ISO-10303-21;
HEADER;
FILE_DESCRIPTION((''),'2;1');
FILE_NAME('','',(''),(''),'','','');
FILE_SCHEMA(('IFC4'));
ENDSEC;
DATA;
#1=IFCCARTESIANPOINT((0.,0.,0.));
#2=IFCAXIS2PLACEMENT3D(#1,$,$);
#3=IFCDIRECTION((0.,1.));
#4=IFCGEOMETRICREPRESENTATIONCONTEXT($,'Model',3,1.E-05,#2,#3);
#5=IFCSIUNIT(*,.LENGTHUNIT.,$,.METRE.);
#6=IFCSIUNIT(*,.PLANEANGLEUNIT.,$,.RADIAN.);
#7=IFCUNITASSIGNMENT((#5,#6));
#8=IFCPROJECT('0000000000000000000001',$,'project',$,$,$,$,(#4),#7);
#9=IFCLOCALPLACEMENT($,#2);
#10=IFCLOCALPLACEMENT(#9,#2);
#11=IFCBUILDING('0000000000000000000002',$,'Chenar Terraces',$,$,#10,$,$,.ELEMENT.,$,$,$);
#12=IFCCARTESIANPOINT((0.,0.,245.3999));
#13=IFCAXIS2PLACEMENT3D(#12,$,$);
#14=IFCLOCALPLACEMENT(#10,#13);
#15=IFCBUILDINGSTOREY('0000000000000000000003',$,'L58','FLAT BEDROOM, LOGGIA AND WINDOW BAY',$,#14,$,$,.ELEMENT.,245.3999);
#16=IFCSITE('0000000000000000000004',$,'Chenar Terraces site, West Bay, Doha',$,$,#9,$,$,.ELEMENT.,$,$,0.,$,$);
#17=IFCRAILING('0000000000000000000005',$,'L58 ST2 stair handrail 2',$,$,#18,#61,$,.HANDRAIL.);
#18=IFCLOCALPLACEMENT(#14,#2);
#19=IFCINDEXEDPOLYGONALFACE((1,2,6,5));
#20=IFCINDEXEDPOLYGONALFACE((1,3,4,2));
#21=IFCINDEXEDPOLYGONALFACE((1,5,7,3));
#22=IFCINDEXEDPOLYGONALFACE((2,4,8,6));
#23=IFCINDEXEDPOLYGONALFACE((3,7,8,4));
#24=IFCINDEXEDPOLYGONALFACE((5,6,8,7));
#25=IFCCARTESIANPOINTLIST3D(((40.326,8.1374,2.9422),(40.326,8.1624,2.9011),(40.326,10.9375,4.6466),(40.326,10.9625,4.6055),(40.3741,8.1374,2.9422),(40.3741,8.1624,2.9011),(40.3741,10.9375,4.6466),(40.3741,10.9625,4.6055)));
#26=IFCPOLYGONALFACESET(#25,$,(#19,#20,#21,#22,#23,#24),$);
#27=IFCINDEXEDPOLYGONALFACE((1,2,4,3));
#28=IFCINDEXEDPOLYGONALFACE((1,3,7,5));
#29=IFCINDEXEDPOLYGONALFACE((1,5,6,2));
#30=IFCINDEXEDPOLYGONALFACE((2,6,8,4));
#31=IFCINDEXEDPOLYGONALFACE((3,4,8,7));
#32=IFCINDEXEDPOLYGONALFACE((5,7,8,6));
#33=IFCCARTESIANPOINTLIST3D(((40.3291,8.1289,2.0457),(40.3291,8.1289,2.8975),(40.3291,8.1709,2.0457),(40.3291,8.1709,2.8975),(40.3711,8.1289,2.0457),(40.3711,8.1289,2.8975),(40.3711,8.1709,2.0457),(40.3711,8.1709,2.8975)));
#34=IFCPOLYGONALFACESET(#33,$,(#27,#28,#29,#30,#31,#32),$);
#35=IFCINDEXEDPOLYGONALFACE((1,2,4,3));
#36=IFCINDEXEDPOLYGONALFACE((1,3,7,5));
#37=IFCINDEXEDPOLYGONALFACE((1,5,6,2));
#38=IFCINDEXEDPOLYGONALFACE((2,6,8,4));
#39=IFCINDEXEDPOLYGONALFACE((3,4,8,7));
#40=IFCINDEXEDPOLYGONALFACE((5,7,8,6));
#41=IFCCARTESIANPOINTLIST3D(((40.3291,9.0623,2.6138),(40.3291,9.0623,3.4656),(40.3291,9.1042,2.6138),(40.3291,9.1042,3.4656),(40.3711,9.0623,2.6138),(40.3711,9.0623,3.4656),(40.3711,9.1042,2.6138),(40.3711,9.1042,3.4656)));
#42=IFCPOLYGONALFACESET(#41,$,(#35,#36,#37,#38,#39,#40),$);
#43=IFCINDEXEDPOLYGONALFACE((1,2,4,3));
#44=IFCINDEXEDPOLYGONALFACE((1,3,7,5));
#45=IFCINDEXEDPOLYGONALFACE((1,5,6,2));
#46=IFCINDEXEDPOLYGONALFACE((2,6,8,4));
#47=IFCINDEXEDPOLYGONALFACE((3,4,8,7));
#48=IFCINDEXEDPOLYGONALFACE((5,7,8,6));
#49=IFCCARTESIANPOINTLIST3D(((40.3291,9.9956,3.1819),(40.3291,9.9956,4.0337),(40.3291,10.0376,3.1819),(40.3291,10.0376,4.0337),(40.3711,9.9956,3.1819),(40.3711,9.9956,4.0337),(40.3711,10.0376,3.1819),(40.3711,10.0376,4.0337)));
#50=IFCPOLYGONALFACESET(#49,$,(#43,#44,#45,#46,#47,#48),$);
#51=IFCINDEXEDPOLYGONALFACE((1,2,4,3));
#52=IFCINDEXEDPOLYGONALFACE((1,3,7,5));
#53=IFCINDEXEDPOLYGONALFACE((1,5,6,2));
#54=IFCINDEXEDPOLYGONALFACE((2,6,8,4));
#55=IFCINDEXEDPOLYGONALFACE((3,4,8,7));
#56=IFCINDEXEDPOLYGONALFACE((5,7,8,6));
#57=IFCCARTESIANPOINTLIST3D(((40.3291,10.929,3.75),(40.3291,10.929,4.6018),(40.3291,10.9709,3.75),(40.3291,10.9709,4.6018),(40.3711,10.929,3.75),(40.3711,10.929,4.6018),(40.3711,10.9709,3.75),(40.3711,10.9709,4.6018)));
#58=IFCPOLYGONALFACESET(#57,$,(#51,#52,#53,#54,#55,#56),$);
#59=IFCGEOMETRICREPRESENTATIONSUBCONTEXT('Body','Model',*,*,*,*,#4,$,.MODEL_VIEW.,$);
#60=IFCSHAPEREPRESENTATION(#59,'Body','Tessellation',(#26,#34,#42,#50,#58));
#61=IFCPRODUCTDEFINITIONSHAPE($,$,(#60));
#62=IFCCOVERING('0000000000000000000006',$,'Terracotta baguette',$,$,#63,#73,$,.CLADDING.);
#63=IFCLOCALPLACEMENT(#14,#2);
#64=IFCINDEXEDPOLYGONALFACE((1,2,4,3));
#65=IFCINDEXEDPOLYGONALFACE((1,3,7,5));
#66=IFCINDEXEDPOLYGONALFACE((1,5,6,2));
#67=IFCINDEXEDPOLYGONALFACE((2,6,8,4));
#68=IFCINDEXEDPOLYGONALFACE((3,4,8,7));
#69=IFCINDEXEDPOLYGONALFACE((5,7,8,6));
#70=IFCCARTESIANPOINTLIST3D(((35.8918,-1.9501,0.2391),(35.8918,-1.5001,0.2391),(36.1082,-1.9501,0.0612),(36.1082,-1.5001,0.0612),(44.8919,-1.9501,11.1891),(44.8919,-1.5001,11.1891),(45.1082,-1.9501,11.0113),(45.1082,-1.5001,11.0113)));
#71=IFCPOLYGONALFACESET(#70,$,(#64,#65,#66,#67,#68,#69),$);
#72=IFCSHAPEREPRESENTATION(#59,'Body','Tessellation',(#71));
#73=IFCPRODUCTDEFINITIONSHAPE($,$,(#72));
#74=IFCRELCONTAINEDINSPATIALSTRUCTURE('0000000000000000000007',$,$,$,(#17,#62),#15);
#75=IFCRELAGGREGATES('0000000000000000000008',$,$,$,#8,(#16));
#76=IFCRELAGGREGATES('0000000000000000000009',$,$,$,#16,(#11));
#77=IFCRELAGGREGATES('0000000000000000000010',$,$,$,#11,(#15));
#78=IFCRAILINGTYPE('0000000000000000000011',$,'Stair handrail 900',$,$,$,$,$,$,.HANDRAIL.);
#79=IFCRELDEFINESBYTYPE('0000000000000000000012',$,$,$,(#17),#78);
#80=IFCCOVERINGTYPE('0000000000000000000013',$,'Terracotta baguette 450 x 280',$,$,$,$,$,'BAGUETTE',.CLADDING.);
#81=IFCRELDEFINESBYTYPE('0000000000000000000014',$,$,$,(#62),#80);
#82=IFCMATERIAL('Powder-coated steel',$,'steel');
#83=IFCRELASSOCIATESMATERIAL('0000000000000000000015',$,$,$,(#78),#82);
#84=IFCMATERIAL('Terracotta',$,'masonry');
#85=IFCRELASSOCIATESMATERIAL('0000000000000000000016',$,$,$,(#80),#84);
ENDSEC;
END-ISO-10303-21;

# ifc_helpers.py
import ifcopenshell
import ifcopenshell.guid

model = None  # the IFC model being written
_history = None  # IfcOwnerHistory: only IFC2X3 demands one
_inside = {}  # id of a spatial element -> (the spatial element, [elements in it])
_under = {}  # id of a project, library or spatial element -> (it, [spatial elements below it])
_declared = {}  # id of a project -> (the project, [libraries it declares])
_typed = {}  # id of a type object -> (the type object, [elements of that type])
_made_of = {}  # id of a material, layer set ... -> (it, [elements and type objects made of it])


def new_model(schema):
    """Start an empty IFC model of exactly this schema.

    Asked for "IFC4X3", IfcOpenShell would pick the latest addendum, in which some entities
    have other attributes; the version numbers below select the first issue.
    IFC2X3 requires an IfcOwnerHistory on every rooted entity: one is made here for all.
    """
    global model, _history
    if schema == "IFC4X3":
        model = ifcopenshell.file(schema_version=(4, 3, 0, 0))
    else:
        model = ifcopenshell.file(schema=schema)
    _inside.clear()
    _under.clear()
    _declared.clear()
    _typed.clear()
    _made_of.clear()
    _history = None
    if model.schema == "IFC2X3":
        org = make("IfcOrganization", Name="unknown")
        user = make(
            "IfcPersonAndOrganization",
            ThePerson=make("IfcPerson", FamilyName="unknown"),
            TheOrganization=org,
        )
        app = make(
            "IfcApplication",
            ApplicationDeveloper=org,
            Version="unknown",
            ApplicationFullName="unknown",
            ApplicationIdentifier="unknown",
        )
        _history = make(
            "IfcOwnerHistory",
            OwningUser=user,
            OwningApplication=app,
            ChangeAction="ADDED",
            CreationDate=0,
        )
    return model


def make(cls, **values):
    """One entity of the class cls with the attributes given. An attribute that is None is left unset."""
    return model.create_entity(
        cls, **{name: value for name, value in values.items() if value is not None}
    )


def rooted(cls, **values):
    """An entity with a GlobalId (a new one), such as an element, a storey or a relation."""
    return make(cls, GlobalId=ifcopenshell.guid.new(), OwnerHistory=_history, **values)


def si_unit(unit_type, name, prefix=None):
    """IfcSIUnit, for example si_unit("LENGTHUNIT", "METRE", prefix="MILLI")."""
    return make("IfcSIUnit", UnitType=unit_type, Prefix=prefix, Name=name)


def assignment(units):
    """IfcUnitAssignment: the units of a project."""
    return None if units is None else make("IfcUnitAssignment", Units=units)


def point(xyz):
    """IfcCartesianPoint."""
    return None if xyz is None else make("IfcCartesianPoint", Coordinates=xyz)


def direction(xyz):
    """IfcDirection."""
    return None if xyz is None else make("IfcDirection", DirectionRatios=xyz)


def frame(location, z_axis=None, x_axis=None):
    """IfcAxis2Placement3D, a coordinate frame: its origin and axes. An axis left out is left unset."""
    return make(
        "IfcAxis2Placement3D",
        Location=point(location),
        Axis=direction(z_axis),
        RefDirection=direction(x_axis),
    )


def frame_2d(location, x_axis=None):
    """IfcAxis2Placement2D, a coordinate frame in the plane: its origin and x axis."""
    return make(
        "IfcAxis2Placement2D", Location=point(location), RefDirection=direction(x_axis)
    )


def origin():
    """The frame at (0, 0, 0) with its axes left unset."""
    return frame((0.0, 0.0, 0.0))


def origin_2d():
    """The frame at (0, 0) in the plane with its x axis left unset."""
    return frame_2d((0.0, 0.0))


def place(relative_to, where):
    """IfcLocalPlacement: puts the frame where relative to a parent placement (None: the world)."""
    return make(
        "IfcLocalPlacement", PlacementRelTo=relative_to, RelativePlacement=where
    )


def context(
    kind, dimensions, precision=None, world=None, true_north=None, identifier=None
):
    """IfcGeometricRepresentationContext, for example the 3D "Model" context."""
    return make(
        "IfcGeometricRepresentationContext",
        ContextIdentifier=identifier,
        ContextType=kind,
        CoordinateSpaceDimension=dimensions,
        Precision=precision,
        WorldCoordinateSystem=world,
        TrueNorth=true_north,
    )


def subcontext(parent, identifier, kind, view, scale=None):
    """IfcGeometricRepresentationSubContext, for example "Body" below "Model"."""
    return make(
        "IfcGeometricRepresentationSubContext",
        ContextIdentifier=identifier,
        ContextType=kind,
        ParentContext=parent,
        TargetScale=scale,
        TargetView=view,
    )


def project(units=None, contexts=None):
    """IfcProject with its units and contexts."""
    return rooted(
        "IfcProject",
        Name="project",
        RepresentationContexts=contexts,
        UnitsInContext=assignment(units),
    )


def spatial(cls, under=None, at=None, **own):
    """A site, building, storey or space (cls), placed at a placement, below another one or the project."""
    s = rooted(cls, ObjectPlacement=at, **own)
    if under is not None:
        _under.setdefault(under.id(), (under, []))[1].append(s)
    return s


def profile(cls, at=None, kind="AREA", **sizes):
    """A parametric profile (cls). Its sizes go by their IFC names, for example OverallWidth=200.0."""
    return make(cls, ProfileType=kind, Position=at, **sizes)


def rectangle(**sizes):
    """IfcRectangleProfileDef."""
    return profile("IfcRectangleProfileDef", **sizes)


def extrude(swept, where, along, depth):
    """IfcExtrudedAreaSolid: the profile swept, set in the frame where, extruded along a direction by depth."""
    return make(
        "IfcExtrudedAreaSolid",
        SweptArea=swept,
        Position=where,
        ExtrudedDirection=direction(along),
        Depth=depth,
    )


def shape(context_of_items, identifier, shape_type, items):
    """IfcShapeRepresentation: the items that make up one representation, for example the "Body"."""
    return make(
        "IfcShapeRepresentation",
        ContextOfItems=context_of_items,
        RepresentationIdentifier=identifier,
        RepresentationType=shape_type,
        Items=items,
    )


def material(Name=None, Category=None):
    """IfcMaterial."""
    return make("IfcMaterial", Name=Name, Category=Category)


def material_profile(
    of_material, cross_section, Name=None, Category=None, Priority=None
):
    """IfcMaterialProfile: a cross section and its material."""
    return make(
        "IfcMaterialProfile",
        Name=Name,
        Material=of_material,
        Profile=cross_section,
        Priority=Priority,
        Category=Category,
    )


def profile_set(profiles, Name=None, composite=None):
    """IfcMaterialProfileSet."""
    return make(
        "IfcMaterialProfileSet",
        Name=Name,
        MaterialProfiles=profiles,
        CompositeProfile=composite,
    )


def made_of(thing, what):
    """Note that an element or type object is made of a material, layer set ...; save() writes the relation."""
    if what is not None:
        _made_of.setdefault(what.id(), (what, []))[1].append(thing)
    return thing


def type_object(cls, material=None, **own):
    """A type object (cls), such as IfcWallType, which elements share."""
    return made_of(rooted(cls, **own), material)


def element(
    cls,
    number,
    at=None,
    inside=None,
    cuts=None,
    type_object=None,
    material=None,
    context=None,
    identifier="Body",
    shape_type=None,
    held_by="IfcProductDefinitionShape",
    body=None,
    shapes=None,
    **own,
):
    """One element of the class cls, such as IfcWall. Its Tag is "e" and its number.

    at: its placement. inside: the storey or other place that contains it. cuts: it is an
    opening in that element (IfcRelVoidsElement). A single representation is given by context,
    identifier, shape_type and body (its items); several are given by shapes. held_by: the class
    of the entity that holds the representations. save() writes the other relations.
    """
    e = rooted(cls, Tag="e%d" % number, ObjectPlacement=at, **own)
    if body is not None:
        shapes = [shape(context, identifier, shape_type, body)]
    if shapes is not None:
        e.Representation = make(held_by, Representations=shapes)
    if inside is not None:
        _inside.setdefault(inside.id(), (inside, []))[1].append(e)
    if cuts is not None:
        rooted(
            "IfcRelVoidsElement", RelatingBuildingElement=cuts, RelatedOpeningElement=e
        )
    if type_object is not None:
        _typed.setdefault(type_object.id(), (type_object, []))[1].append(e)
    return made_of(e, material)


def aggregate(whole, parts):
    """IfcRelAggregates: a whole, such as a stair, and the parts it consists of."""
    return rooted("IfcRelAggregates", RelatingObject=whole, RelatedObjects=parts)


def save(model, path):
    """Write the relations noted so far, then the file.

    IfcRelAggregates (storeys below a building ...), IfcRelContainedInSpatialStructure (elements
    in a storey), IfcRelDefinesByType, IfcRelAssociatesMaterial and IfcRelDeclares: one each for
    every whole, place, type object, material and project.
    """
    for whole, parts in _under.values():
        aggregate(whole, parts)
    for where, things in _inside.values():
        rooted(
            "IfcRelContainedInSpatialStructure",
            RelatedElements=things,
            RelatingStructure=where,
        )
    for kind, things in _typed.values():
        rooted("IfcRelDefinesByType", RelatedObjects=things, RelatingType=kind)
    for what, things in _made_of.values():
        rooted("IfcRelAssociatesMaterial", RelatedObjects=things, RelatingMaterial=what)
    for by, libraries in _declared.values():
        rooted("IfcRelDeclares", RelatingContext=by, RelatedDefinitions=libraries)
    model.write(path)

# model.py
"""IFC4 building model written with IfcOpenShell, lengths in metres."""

from ifc_helpers import new_model, si_unit, direction, frame, origin, origin_2d, place, context, subcontext, project, spatial, rectangle, extrude, material, material_profile, profile_set, type_object, element, save


model = new_model("IFC4")

# Units and contexts
model_context = context("Model", 3, precision=1e-05, world=origin(), true_north=direction((0.0, 1.0)))
body_context = subcontext(model_context, "Body", "Model", "MODEL_VIEW")
ifc_project = project(units=[si_unit("LENGTHUNIT", "METRE"), si_unit("PLANEANGLEUNIT", "RADIAN")], contexts=[model_context])

# Site, building, storey
site_placement = place(None, origin())
site = spatial("IfcSite", under=ifc_project, at=site_placement, Name="Chenar Terraces site, West Bay, Doha", CompositionType="ELEMENT", RefElevation=0.0)
building_placement = place(site_placement, origin())
building = spatial("IfcBuilding", under=site, at=building_placement, Name="Chenar Terraces", CompositionType="ELEMENT")
storey_placement = place(building_placement, frame((0.0, 0.0, 245.3999)))
storey = spatial("IfcBuildingStorey", under=building, at=storey_placement, Name="L58", Description="FLAT BEDROOM, LOGGIA AND WINDOW BAY", CompositionType="ELEMENT", Elevation=245.3999)

# Railing
ifc_material_1 = material(Name="Powder-coated steel", Category="steel")
railing_type_1 = type_object("IfcRailingType", Name="Stair handrail 900", PredefinedType="HANDRAIL", material=ifc_material_1)
railing_1_placement = place(storey_placement, frame((40.3501, 8.1499, 2.0457)))
element("IfcRailing", 1, at=railing_1_placement, inside=storey, type_object=railing_type_1, Name="L58 ST2 stair handrail 2", PredefinedType="HANDRAIL", context=body_context, shape_type="SweptSolid", body=[
    extrude(rectangle(XDim=0.0481, YDim=0.0481, at=origin_2d()), frame((0.0, 0.0, 0.876), z_axis=(0.0, 0.854203, 0.51994), x_axis=(-1.0, 0.0, 0.0)), (0.0, 0.0, 1.0), 3.2781),
    extrude(rectangle(XDim=0.042, YDim=0.042, at=origin_2d()), origin(), (0.0, 0.0, 1.0), 0.8518),
    extrude(rectangle(XDim=0.042, YDim=0.042, at=origin_2d()), frame((0.0, 0.9333, 0.5681)), (0.0, 0.0, 1.0), 0.8518),
    extrude(rectangle(XDim=0.042, YDim=0.042, at=origin_2d()), frame((0.0, 1.8667, 1.1362)), (0.0, 0.0, 1.0), 0.8518),
    extrude(rectangle(XDim=0.042, YDim=0.042, at=origin_2d()), frame((0.0, 2.8, 1.7043)), (0.0, 0.0, 1.0), 0.8518),
])

# Covering
ifc_material_2 = material(Name="Terracotta", Category="masonry")
ifc_material_profile_1 = material_profile(ifc_material_2, rectangle(XDim=0.45, YDim=0.28, at=origin_2d()), Name="Terracotta baguette 450 x 280")
ifc_profile_set_1 = profile_set([ifc_material_profile_1], Name="Terracotta")
covering_type = type_object("IfcCoveringType", Name="Terracotta baguette 450 x 280", ElementType="BAGUETTE", PredefinedType="CLADDING", material=ifc_profile_set_1)
covering_placement = place(storey_placement, frame((36.0, -1.7251, 0.1501), z_axis=(0.634967, 0.0, 0.772539), x_axis=(0.0, 1.0, 0.0)))
element("IfcCovering", 2, at=covering_placement, inside=storey, type_object=covering_type, Name="Terracotta baguette", PredefinedType="CLADDING", context=body_context, shape_type="SweptSolid", body=[
    extrude(rectangle(XDim=0.45, YDim=0.28, at=origin_2d()), origin(), (0.0, 0.0, 1.0), 14.1741),
])

save(model, "model.ifc")
